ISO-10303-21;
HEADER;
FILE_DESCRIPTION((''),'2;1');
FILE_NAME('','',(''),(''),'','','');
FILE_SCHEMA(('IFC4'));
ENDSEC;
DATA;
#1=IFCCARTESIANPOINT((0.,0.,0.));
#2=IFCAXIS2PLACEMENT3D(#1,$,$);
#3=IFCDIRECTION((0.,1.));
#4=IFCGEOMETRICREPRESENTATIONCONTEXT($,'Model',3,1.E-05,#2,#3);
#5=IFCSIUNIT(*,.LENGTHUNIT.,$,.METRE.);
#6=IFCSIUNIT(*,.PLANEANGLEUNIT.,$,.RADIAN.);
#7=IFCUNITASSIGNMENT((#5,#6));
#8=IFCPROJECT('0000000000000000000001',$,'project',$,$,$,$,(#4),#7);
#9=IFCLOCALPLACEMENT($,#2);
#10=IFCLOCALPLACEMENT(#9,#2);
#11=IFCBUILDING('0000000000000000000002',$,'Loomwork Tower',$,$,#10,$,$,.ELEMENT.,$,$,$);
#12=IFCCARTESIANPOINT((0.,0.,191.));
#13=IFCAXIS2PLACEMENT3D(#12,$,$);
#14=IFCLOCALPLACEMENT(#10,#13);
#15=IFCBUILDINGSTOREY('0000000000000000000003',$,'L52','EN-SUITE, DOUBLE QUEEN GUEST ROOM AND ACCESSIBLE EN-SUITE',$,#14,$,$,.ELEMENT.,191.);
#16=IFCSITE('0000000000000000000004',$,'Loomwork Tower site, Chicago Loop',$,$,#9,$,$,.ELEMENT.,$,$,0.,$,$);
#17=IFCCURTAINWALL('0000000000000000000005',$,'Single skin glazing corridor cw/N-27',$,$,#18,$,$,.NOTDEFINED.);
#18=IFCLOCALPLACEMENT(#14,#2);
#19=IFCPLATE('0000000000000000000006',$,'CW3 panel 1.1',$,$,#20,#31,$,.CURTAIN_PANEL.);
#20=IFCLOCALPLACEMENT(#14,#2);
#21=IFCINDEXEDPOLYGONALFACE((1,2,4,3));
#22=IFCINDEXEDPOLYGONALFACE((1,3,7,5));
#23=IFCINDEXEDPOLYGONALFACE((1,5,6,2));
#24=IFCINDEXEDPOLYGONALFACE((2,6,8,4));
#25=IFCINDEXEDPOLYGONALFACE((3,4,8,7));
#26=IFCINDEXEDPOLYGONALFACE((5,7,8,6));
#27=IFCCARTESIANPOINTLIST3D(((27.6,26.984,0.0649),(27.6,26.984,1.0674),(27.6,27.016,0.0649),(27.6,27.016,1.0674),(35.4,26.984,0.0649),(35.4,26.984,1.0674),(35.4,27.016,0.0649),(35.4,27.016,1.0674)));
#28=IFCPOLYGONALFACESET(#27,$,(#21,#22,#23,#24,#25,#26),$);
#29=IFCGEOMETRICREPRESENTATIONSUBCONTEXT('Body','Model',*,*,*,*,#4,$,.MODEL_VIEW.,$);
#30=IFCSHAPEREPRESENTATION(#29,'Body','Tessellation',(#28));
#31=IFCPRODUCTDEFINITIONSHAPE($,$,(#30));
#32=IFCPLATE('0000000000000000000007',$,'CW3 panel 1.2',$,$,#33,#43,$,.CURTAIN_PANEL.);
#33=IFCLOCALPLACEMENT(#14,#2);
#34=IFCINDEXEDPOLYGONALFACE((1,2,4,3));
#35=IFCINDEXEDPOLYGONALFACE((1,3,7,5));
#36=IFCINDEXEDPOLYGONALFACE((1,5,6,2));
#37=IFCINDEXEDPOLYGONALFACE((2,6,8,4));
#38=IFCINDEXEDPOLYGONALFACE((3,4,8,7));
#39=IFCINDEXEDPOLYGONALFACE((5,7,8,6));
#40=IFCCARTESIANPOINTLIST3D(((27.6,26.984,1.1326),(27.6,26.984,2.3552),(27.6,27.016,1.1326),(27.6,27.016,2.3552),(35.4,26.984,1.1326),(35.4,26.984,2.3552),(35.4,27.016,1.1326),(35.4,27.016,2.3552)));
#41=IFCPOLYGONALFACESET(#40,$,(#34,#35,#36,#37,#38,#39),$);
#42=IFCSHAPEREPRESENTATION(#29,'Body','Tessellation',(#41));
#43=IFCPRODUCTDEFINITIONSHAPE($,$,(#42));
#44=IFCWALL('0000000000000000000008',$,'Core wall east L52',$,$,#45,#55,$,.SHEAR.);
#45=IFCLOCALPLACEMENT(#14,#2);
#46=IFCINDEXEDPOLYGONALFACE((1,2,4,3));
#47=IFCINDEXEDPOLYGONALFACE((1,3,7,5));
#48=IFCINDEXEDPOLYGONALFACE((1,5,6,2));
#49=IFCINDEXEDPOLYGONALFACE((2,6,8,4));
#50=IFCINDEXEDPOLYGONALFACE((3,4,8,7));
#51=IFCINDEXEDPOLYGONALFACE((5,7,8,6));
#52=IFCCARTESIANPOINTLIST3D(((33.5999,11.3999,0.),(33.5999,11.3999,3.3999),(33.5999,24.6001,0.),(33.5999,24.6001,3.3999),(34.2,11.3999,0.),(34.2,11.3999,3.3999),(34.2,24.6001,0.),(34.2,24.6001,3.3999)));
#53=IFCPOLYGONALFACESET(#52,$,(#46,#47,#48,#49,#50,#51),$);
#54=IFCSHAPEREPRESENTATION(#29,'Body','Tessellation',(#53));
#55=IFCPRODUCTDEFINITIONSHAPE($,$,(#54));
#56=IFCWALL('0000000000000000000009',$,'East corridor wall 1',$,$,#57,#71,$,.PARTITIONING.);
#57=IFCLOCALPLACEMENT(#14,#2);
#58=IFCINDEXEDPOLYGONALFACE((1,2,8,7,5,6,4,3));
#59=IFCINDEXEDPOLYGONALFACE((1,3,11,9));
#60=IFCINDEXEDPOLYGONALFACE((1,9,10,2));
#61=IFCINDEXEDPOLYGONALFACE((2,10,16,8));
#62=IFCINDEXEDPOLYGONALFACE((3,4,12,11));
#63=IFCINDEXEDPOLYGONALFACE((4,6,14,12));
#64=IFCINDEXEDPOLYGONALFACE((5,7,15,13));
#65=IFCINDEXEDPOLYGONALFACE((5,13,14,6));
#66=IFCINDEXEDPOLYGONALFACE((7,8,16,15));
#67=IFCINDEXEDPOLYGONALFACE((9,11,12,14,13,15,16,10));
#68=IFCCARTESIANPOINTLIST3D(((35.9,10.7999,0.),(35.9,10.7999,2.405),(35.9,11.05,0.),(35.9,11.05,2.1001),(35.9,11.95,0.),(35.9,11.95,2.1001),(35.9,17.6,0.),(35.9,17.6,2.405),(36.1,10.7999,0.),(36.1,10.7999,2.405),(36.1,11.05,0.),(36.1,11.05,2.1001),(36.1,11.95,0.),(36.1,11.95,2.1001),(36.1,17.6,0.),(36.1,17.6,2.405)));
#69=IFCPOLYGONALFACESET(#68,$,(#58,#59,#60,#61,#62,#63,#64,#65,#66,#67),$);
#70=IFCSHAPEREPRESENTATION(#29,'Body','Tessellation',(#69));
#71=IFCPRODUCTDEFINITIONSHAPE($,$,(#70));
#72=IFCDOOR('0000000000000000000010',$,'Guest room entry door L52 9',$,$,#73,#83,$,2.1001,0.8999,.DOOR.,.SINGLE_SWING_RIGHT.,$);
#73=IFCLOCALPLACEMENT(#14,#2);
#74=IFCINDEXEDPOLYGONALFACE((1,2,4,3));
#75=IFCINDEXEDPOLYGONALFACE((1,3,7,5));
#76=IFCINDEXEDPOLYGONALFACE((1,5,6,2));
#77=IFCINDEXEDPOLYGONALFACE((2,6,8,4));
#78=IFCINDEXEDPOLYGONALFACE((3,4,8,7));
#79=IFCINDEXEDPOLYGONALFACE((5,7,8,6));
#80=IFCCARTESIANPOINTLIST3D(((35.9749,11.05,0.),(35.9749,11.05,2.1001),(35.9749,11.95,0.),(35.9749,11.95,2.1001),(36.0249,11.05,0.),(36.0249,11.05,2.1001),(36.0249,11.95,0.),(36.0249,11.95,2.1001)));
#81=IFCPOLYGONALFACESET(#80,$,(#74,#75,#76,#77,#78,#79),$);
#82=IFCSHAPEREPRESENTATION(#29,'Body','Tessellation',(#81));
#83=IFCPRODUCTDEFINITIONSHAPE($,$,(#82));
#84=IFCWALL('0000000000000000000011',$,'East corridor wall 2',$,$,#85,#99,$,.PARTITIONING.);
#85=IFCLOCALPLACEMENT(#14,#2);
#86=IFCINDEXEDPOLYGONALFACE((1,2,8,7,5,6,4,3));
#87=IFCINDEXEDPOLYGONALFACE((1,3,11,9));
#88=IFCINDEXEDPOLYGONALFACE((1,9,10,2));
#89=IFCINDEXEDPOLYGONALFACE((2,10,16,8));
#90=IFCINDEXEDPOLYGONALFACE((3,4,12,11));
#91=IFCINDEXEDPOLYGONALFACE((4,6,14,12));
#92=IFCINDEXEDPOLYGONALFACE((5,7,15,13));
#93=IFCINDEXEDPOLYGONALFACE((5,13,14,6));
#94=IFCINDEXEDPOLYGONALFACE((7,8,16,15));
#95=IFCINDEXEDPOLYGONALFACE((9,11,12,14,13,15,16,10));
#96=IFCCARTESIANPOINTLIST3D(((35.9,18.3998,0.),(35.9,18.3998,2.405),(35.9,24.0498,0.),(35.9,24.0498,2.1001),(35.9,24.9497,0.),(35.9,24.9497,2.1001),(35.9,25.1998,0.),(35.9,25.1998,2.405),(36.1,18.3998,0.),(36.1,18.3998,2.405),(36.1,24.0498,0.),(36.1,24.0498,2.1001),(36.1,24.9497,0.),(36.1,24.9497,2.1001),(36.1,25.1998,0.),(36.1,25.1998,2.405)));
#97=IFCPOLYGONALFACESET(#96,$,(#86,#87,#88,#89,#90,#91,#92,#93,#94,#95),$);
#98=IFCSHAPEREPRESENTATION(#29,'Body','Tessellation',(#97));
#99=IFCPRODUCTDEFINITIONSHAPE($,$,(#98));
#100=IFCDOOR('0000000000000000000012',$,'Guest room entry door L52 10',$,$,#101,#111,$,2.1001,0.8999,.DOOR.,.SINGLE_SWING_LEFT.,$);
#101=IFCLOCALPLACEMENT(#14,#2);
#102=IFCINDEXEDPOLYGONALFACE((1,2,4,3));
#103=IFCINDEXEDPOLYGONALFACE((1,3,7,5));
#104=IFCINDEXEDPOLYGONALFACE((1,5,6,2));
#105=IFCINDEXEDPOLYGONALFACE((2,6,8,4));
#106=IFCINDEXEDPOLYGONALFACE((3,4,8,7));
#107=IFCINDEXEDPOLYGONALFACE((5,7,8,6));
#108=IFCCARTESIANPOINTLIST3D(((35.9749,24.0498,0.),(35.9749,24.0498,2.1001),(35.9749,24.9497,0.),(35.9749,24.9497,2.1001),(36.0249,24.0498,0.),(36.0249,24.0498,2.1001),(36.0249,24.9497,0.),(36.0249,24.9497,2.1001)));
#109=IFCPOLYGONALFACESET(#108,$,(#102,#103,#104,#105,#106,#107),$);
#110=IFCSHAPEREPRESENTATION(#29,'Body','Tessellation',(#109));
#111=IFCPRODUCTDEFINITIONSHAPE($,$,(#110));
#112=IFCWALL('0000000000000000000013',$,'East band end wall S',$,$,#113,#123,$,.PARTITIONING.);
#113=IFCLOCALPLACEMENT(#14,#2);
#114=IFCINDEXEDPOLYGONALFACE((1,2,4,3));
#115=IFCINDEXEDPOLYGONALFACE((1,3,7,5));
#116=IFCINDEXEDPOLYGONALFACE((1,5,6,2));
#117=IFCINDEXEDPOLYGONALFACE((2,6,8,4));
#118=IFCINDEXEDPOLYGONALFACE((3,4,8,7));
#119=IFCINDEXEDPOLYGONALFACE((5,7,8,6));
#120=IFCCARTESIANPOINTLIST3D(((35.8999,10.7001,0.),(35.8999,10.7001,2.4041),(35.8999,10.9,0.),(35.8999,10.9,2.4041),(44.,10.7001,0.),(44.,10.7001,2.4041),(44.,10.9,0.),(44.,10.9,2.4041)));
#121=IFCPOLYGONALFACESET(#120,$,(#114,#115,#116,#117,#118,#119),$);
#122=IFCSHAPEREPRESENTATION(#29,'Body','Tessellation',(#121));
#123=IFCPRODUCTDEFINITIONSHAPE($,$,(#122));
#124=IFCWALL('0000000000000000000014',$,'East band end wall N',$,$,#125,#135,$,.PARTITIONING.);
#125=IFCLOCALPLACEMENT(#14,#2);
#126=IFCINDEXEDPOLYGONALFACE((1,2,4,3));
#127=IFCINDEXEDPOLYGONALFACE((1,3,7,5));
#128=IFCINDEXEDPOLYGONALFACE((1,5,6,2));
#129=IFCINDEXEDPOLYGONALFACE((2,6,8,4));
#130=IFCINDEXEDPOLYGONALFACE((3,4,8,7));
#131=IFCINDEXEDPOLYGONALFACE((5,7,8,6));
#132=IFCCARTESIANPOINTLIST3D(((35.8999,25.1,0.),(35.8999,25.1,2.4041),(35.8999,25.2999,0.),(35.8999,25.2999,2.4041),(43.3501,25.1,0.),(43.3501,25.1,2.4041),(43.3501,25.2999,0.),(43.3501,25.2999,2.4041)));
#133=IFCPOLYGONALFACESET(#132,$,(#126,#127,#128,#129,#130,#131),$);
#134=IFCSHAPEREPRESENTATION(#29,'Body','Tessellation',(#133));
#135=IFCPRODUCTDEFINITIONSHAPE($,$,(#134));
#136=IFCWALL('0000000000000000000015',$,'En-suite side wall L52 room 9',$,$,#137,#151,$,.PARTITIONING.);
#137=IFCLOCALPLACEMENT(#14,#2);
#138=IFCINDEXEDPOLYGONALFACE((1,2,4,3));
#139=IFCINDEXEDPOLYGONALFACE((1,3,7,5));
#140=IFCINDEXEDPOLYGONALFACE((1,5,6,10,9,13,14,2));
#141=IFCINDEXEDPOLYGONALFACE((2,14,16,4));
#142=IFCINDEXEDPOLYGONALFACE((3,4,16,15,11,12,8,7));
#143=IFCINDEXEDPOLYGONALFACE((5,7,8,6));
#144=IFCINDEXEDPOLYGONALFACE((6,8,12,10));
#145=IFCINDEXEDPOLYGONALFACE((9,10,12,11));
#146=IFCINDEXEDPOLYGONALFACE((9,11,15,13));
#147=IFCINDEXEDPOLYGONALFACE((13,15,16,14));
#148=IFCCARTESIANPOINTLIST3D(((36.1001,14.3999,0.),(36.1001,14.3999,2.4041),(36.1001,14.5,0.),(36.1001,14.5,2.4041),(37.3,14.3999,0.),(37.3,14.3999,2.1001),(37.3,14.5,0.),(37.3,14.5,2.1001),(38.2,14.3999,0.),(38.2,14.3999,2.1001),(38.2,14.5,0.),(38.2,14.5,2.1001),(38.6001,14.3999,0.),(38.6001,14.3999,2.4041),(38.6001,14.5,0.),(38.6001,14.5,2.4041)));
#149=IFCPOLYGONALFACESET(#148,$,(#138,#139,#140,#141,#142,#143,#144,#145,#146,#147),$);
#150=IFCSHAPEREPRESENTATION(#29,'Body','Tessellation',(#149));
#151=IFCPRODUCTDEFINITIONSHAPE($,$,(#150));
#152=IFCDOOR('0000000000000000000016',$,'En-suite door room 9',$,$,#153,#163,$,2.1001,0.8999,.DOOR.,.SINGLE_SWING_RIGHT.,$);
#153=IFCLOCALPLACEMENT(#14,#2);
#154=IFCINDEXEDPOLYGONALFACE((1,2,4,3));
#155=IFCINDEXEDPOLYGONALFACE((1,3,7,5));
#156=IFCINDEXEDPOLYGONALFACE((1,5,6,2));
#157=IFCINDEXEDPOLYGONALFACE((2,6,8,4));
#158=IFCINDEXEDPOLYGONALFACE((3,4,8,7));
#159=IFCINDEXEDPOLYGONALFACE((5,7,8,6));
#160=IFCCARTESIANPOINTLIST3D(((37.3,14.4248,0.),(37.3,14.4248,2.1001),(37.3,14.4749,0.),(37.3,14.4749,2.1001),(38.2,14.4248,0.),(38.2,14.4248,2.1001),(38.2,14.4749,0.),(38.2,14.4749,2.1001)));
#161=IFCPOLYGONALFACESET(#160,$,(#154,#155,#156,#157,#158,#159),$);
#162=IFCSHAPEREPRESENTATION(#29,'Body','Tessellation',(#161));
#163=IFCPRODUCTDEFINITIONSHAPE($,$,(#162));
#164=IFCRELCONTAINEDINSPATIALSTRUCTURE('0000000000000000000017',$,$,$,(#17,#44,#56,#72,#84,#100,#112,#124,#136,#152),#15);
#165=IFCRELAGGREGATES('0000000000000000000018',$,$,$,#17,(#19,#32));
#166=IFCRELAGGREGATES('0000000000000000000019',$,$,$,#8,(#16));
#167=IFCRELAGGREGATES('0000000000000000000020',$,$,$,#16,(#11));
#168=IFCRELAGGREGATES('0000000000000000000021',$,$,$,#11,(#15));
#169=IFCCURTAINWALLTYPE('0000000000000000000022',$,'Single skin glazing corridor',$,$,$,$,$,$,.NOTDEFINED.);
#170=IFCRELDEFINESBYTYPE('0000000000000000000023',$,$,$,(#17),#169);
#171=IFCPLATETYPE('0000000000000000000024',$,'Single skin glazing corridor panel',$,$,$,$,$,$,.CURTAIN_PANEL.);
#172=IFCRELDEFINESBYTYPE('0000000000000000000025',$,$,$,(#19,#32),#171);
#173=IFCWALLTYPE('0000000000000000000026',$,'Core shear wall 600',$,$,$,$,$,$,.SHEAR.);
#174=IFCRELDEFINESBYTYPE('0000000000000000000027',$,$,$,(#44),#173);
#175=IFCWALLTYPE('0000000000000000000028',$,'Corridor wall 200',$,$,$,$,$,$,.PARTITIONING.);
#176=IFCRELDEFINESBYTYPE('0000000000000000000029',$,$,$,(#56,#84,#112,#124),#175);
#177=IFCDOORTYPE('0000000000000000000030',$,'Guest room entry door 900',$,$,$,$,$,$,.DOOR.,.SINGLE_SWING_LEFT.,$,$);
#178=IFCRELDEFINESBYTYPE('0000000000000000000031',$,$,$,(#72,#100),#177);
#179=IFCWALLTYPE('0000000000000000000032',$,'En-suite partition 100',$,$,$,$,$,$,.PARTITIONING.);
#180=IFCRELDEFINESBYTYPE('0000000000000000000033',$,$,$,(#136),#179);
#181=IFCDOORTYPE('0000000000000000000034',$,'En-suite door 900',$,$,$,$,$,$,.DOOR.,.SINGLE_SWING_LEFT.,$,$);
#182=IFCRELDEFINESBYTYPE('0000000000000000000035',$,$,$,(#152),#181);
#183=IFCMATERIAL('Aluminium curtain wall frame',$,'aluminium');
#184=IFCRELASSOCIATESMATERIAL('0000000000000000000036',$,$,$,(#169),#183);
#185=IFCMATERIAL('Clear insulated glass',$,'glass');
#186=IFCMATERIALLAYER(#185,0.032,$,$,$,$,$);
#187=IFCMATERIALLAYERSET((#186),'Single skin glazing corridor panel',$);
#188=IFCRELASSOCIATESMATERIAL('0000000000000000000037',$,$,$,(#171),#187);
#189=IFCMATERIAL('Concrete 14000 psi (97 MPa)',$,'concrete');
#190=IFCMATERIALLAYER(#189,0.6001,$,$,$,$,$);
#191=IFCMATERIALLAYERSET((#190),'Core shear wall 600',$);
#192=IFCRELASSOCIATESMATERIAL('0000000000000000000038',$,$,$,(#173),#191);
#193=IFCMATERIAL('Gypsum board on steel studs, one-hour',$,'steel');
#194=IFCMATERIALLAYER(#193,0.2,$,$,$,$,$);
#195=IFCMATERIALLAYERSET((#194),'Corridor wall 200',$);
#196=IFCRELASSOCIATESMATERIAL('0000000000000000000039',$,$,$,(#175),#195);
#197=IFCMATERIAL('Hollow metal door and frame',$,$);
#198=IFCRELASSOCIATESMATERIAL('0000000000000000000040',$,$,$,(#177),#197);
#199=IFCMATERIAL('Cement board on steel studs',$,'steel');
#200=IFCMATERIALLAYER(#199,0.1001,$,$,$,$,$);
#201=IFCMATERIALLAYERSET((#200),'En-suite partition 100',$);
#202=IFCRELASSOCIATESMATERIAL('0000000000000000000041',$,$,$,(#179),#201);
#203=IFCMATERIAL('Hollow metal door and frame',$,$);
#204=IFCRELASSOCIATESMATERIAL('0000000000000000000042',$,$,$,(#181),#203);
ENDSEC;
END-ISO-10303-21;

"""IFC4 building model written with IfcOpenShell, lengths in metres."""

from ifc_helpers import new_model, si_unit, direction, frame, frame_2d, origin, origin_2d, place, context, subcontext, project, spatial, rectangle, extrude, material, layer, layer_set, type_object, element, fill, aggregate, save


model = new_model("IFC4")

# Units and contexts
model_context = context("Model", 3, precision=1e-05, world=origin(), true_north=direction((0.0, 1.0)))
body_context = subcontext(model_context, "Body", "Model", "MODEL_VIEW")
ifc_project = project(units=[si_unit("LENGTHUNIT", "METRE"), si_unit("PLANEANGLEUNIT", "RADIAN")], contexts=[model_context])

# Site, building, storey
site_placement = place(None, origin())
site = spatial("IfcSite", under=ifc_project, at=site_placement, Name="Loomwork Tower site, Chicago Loop", CompositionType="ELEMENT", RefElevation=0.0)
building_placement = place(site_placement, origin())
building = spatial("IfcBuilding", under=site, at=building_placement, Name="Loomwork Tower", CompositionType="ELEMENT")
storey_placement = place(building_placement, frame((0.0, 0.0, 191.0)))
storey = spatial("IfcBuildingStorey", under=building, at=storey_placement, Name="L52", Description="EN-SUITE, DOUBLE QUEEN GUEST ROOM AND ACCESSIBLE EN-SUITE", CompositionType="ELEMENT", Elevation=191.0)

# Curtain wall, plates
ifc_material_1 = material(Name="Aluminium curtain wall frame", Category="aluminium")
curtain_wall_type = type_object("IfcCurtainWallType", Name="Single skin glazing corridor", PredefinedType="NOTDEFINED", material=ifc_material_1)
curtain_wall_placement = place(storey_placement, origin())
curtain_wall = element("IfcCurtainWall", 1, at=curtain_wall_placement, inside=storey, type_object=curtain_wall_type, Name="Single skin glazing corridor cw/N-27", PredefinedType="NOTDEFINED")
ifc_material_2 = material(Name="Clear insulated glass", Category="glass")
ifc_layer_1 = layer(ifc_material_2, 0.032)
ifc_layer_set_1 = layer_set([ifc_layer_1], Name="Single skin glazing corridor panel")
plate_type = type_object("IfcPlateType", Name="Single skin glazing corridor panel", PredefinedType="CURTAIN_PANEL", material=ifc_layer_set_1)
plate_1_placement = place(storey_placement, frame((31.5, 27.0, 0.0649), z_axis=(0.0, 0.0, 1.0), x_axis=(-1.0, 0.0, 0.0)))
plate_1 = element("IfcPlate", 2, at=plate_1_placement, type_object=plate_type, Name="CW3 panel 1.1", PredefinedType="CURTAIN_PANEL", context=body_context, shape_type="SweptSolid", body=[
    extrude(rectangle(XDim=7.8, YDim=0.032, at=origin_2d()), origin(), (0.0, 0.0, 1.0), 1.0024),
])
plate_2_placement = place(storey_placement, frame((31.5, 27.0, 1.1326), z_axis=(0.0, 0.0, 1.0), x_axis=(-1.0, 0.0, 0.0)))
plate_2 = element("IfcPlate", 3, at=plate_2_placement, type_object=plate_type, Name="CW3 panel 1.2", PredefinedType="CURTAIN_PANEL", context=body_context, shape_type="SweptSolid", body=[
    extrude(rectangle(XDim=7.8, YDim=0.032, at=origin_2d()), origin(), (0.0, 0.0, 1.0), 1.2227),
])
aggregate(curtain_wall, [plate_1, plate_2])

# Wall
ifc_material_3 = material(Name="Concrete 14000 psi (97 MPa)", Category="concrete")
ifc_layer_2 = layer(ifc_material_3, 0.6001)
ifc_layer_set_2 = layer_set([ifc_layer_2], Name="Core shear wall 600")
wall_type_1 = type_object("IfcWallType", Name="Core shear wall 600", PredefinedType="SHEAR", material=ifc_layer_set_2)
wall_1_placement = place(storey_placement, frame((33.8999, 11.3999, 0.0), z_axis=(0.0, 0.0, 1.0), x_axis=(0.0, 1.0, 0.0)))
element("IfcWall", 4, at=wall_1_placement, inside=storey, type_object=wall_type_1, Name="Core wall east L52", PredefinedType="SHEAR", context=body_context, shape_type="SweptSolid", body=[
    extrude(rectangle(XDim=13.2002, YDim=0.6001, at=frame_2d((6.6001, 0.0))), origin(), (0.0, 0.0, 1.0), 3.3999),
])

# Walls, openings, doors
ifc_material_4 = material(Name="Gypsum board on steel studs, one-hour", Category="steel")
ifc_layer_3 = layer(ifc_material_4, 0.2)
ifc_layer_set_3 = layer_set([ifc_layer_3], Name="Corridor wall 200")
wall_type_2 = type_object("IfcWallType", Name="Corridor wall 200", PredefinedType="PARTITIONING", material=ifc_layer_set_3)
wall_2_placement = place(storey_placement, frame((36.0, 10.8, 0.0), z_axis=(0.0, 0.0, 1.0), x_axis=(0.0, 1.0, 0.0)))
wall_2 = element("IfcWall", 5, at=wall_2_placement, inside=storey, type_object=wall_type_2, Name="East corridor wall 1", PredefinedType="PARTITIONING", context=body_context, shape_type="SweptSolid", body=[
    extrude(rectangle(XDim=6.8, YDim=0.2, at=frame_2d((3.3999, 0.0))), origin(), (0.0, 0.0, 1.0), 2.405),
])
opening_1_placement = place(wall_2_placement, frame((0.25, 0.0, 0.0)))
opening_1 = element("IfcOpeningElement", 6, at=opening_1_placement, cuts=wall_2, PredefinedType="OPENING", context=body_context, shape_type="SweptSolid", body=[
    extrude(rectangle(XDim=0.8999, YDim=2.1001, at=frame_2d((0.45, 1.05))), frame((0.0, 0.1099, 0.0), z_axis=(0.0, -1.0, 0.0), x_axis=(1.0, 0.0, 0.0)), (0.0, 0.0, 1.0), 0.22),
])
ifc_material_5 = material(Name="Hollow metal door and frame")
door_type_1 = type_object("IfcDoorType", Name="Guest room entry door 900", OperationType="SINGLE_SWING_LEFT", PredefinedType="DOOR", material=ifc_material_5)
door_1_placement = place(opening_1_placement, frame((0.8999, 0.0, 0.0), z_axis=(0.0, 0.0, 1.0), x_axis=(-1.0, 0.0, 0.0)))
door_1 = element("IfcDoor", 7, at=door_1_placement, inside=storey, type_object=door_type_1, Name="Guest room entry door L52 9", OperationType="SINGLE_SWING_RIGHT", OverallHeight=2.1001, OverallWidth=0.8999, PredefinedType="DOOR", context=body_context, shape_type="SweptSolid", body=[
    extrude(rectangle(XDim=0.8999, YDim=2.1001, at=frame_2d((0.45, 1.05))), frame((0.0, 0.0249, 0.0), z_axis=(0.0, -1.0, 0.0), x_axis=(1.0, 0.0, 0.0)), (0.0, 0.0, 1.0), 0.05),
])
fill(opening_1, door_1)
wall_3_placement = place(storey_placement, frame((36.0, 18.3999, 0.0), z_axis=(0.0, 0.0, 1.0), x_axis=(0.0, 1.0, 0.0)))
wall_3 = element("IfcWall", 8, at=wall_3_placement, inside=storey, type_object=wall_type_2, Name="East corridor wall 2", PredefinedType="PARTITIONING", context=body_context, shape_type="SweptSolid", body=[
    extrude(rectangle(XDim=6.8, YDim=0.2, at=frame_2d((3.3999, 0.0))), origin(), (0.0, 0.0, 1.0), 2.405),
])
opening_2_placement = place(wall_3_placement, frame((5.6499, 0.0, 0.0)))
opening_2 = element("IfcOpeningElement", 9, at=opening_2_placement, cuts=wall_3, PredefinedType="OPENING", context=body_context, shape_type="SweptSolid", body=[
    extrude(rectangle(XDim=0.8999, YDim=2.1001, at=frame_2d((0.45, 1.05))), frame((0.0, 0.1099, 0.0), z_axis=(0.0, -1.0, 0.0), x_axis=(1.0, 0.0, 0.0)), (0.0, 0.0, 1.0), 0.22),
])
door_2_placement = place(opening_2_placement, frame((0.8999, 0.0, 0.0), z_axis=(0.0, 0.0, 1.0), x_axis=(-1.0, 0.0, 0.0)))
door_2 = element("IfcDoor", 10, at=door_2_placement, inside=storey, type_object=door_type_1, Name="Guest room entry door L52 10", OperationType="SINGLE_SWING_LEFT", OverallHeight=2.1001, OverallWidth=0.8999, PredefinedType="DOOR", context=body_context, shape_type="SweptSolid", body=[
    extrude(rectangle(XDim=0.8999, YDim=2.1001, at=frame_2d((0.45, 1.05))), frame((0.0, 0.0249, 0.0), z_axis=(0.0, -1.0, 0.0), x_axis=(1.0, 0.0, 0.0)), (0.0, 0.0, 1.0), 0.05),
])
fill(opening_2, door_2)

# Walls
wall_4_placement = place(storey_placement, frame((35.8999, 10.8, 0.0), z_axis=(0.0, 0.0, 1.0), x_axis=(1.0, 0.0, 0.0)))
element("IfcWall", 11, at=wall_4_placement, inside=storey, type_object=wall_type_2, Name="East band end wall S", PredefinedType="PARTITIONING", context=body_context, shape_type="SweptSolid", body=[
    extrude(rectangle(XDim=8.1001, YDim=0.2, at=frame_2d((4.05, 0.0))), origin(), (0.0, 0.0, 1.0), 2.4041),
])
wall_5_placement = place(storey_placement, frame((35.8999, 25.2, 0.0), z_axis=(0.0, 0.0, 1.0), x_axis=(1.0, 0.0, 0.0)))
element("IfcWall", 12, at=wall_5_placement, inside=storey, type_object=wall_type_2, Name="East band end wall N", PredefinedType="PARTITIONING", context=body_context, shape_type="SweptSolid", body=[
    extrude(rectangle(XDim=7.4502, YDim=0.2, at=frame_2d((3.7251, 0.0))), origin(), (0.0, 0.0, 1.0), 2.4041),
])

# Wall, opening, door
ifc_material_6 = material(Name="Cement board on steel studs", Category="steel")
ifc_layer_4 = layer(ifc_material_6, 0.1001)
ifc_layer_set_4 = layer_set([ifc_layer_4], Name="En-suite partition 100")
wall_type_3 = type_object("IfcWallType", Name="En-suite partition 100", PredefinedType="PARTITIONING", material=ifc_layer_set_4)
wall_6_placement = place(storey_placement, frame((36.1001, 14.45, 0.0), z_axis=(0.0, 0.0, 1.0), x_axis=(1.0, 0.0, 0.0)))
wall_6 = element("IfcWall", 13, at=wall_6_placement, inside=storey, type_object=wall_type_3, Name="En-suite side wall L52 room 9", PredefinedType="PARTITIONING", context=body_context, shape_type="SweptSolid", body=[
    extrude(rectangle(XDim=2.5, YDim=0.1001, at=frame_2d((1.25, 0.0))), origin(), (0.0, 0.0, 1.0), 2.4041),
])
opening_3_placement = place(wall_6_placement, frame((1.2, 0.0, 0.0)))
opening_3 = element("IfcOpeningElement", 14, at=opening_3_placement, cuts=wall_6, PredefinedType="OPENING", context=body_context, shape_type="SweptSolid", body=[
    extrude(rectangle(XDim=0.8999, YDim=2.1001, at=frame_2d((0.45, 1.05))), frame((0.0, 0.0601, 0.0), z_axis=(0.0, -1.0, 0.0), x_axis=(1.0, 0.0, 0.0)), (0.0, 0.0, 1.0), 0.1201),
])
ifc_material_7 = material(Name="Hollow metal door and frame")
door_type_2 = type_object("IfcDoorType", Name="En-suite door 900", OperationType="SINGLE_SWING_LEFT", PredefinedType="DOOR", material=ifc_material_7)
door_3_placement = place(opening_3_placement, origin())
door_3 = element("IfcDoor", 15, at=door_3_placement, inside=storey, type_object=door_type_2, Name="En-suite door room 9", OperationType="SINGLE_SWING_RIGHT", OverallHeight=2.1001, OverallWidth=0.8999, PredefinedType="DOOR", context=body_context, shape_type="SweptSolid", body=[
    extrude(rectangle(XDim=0.8999, YDim=2.1001, at=frame_2d((0.45, 1.05))), frame((0.0, 0.0249, 0.0), z_axis=(0.0, -1.0, 0.0), x_axis=(1.0, 0.0, 0.0)), (0.0, 0.0, 1.0), 0.05),
])
fill(opening_3, door_3)

save(model, "model.ifc")
